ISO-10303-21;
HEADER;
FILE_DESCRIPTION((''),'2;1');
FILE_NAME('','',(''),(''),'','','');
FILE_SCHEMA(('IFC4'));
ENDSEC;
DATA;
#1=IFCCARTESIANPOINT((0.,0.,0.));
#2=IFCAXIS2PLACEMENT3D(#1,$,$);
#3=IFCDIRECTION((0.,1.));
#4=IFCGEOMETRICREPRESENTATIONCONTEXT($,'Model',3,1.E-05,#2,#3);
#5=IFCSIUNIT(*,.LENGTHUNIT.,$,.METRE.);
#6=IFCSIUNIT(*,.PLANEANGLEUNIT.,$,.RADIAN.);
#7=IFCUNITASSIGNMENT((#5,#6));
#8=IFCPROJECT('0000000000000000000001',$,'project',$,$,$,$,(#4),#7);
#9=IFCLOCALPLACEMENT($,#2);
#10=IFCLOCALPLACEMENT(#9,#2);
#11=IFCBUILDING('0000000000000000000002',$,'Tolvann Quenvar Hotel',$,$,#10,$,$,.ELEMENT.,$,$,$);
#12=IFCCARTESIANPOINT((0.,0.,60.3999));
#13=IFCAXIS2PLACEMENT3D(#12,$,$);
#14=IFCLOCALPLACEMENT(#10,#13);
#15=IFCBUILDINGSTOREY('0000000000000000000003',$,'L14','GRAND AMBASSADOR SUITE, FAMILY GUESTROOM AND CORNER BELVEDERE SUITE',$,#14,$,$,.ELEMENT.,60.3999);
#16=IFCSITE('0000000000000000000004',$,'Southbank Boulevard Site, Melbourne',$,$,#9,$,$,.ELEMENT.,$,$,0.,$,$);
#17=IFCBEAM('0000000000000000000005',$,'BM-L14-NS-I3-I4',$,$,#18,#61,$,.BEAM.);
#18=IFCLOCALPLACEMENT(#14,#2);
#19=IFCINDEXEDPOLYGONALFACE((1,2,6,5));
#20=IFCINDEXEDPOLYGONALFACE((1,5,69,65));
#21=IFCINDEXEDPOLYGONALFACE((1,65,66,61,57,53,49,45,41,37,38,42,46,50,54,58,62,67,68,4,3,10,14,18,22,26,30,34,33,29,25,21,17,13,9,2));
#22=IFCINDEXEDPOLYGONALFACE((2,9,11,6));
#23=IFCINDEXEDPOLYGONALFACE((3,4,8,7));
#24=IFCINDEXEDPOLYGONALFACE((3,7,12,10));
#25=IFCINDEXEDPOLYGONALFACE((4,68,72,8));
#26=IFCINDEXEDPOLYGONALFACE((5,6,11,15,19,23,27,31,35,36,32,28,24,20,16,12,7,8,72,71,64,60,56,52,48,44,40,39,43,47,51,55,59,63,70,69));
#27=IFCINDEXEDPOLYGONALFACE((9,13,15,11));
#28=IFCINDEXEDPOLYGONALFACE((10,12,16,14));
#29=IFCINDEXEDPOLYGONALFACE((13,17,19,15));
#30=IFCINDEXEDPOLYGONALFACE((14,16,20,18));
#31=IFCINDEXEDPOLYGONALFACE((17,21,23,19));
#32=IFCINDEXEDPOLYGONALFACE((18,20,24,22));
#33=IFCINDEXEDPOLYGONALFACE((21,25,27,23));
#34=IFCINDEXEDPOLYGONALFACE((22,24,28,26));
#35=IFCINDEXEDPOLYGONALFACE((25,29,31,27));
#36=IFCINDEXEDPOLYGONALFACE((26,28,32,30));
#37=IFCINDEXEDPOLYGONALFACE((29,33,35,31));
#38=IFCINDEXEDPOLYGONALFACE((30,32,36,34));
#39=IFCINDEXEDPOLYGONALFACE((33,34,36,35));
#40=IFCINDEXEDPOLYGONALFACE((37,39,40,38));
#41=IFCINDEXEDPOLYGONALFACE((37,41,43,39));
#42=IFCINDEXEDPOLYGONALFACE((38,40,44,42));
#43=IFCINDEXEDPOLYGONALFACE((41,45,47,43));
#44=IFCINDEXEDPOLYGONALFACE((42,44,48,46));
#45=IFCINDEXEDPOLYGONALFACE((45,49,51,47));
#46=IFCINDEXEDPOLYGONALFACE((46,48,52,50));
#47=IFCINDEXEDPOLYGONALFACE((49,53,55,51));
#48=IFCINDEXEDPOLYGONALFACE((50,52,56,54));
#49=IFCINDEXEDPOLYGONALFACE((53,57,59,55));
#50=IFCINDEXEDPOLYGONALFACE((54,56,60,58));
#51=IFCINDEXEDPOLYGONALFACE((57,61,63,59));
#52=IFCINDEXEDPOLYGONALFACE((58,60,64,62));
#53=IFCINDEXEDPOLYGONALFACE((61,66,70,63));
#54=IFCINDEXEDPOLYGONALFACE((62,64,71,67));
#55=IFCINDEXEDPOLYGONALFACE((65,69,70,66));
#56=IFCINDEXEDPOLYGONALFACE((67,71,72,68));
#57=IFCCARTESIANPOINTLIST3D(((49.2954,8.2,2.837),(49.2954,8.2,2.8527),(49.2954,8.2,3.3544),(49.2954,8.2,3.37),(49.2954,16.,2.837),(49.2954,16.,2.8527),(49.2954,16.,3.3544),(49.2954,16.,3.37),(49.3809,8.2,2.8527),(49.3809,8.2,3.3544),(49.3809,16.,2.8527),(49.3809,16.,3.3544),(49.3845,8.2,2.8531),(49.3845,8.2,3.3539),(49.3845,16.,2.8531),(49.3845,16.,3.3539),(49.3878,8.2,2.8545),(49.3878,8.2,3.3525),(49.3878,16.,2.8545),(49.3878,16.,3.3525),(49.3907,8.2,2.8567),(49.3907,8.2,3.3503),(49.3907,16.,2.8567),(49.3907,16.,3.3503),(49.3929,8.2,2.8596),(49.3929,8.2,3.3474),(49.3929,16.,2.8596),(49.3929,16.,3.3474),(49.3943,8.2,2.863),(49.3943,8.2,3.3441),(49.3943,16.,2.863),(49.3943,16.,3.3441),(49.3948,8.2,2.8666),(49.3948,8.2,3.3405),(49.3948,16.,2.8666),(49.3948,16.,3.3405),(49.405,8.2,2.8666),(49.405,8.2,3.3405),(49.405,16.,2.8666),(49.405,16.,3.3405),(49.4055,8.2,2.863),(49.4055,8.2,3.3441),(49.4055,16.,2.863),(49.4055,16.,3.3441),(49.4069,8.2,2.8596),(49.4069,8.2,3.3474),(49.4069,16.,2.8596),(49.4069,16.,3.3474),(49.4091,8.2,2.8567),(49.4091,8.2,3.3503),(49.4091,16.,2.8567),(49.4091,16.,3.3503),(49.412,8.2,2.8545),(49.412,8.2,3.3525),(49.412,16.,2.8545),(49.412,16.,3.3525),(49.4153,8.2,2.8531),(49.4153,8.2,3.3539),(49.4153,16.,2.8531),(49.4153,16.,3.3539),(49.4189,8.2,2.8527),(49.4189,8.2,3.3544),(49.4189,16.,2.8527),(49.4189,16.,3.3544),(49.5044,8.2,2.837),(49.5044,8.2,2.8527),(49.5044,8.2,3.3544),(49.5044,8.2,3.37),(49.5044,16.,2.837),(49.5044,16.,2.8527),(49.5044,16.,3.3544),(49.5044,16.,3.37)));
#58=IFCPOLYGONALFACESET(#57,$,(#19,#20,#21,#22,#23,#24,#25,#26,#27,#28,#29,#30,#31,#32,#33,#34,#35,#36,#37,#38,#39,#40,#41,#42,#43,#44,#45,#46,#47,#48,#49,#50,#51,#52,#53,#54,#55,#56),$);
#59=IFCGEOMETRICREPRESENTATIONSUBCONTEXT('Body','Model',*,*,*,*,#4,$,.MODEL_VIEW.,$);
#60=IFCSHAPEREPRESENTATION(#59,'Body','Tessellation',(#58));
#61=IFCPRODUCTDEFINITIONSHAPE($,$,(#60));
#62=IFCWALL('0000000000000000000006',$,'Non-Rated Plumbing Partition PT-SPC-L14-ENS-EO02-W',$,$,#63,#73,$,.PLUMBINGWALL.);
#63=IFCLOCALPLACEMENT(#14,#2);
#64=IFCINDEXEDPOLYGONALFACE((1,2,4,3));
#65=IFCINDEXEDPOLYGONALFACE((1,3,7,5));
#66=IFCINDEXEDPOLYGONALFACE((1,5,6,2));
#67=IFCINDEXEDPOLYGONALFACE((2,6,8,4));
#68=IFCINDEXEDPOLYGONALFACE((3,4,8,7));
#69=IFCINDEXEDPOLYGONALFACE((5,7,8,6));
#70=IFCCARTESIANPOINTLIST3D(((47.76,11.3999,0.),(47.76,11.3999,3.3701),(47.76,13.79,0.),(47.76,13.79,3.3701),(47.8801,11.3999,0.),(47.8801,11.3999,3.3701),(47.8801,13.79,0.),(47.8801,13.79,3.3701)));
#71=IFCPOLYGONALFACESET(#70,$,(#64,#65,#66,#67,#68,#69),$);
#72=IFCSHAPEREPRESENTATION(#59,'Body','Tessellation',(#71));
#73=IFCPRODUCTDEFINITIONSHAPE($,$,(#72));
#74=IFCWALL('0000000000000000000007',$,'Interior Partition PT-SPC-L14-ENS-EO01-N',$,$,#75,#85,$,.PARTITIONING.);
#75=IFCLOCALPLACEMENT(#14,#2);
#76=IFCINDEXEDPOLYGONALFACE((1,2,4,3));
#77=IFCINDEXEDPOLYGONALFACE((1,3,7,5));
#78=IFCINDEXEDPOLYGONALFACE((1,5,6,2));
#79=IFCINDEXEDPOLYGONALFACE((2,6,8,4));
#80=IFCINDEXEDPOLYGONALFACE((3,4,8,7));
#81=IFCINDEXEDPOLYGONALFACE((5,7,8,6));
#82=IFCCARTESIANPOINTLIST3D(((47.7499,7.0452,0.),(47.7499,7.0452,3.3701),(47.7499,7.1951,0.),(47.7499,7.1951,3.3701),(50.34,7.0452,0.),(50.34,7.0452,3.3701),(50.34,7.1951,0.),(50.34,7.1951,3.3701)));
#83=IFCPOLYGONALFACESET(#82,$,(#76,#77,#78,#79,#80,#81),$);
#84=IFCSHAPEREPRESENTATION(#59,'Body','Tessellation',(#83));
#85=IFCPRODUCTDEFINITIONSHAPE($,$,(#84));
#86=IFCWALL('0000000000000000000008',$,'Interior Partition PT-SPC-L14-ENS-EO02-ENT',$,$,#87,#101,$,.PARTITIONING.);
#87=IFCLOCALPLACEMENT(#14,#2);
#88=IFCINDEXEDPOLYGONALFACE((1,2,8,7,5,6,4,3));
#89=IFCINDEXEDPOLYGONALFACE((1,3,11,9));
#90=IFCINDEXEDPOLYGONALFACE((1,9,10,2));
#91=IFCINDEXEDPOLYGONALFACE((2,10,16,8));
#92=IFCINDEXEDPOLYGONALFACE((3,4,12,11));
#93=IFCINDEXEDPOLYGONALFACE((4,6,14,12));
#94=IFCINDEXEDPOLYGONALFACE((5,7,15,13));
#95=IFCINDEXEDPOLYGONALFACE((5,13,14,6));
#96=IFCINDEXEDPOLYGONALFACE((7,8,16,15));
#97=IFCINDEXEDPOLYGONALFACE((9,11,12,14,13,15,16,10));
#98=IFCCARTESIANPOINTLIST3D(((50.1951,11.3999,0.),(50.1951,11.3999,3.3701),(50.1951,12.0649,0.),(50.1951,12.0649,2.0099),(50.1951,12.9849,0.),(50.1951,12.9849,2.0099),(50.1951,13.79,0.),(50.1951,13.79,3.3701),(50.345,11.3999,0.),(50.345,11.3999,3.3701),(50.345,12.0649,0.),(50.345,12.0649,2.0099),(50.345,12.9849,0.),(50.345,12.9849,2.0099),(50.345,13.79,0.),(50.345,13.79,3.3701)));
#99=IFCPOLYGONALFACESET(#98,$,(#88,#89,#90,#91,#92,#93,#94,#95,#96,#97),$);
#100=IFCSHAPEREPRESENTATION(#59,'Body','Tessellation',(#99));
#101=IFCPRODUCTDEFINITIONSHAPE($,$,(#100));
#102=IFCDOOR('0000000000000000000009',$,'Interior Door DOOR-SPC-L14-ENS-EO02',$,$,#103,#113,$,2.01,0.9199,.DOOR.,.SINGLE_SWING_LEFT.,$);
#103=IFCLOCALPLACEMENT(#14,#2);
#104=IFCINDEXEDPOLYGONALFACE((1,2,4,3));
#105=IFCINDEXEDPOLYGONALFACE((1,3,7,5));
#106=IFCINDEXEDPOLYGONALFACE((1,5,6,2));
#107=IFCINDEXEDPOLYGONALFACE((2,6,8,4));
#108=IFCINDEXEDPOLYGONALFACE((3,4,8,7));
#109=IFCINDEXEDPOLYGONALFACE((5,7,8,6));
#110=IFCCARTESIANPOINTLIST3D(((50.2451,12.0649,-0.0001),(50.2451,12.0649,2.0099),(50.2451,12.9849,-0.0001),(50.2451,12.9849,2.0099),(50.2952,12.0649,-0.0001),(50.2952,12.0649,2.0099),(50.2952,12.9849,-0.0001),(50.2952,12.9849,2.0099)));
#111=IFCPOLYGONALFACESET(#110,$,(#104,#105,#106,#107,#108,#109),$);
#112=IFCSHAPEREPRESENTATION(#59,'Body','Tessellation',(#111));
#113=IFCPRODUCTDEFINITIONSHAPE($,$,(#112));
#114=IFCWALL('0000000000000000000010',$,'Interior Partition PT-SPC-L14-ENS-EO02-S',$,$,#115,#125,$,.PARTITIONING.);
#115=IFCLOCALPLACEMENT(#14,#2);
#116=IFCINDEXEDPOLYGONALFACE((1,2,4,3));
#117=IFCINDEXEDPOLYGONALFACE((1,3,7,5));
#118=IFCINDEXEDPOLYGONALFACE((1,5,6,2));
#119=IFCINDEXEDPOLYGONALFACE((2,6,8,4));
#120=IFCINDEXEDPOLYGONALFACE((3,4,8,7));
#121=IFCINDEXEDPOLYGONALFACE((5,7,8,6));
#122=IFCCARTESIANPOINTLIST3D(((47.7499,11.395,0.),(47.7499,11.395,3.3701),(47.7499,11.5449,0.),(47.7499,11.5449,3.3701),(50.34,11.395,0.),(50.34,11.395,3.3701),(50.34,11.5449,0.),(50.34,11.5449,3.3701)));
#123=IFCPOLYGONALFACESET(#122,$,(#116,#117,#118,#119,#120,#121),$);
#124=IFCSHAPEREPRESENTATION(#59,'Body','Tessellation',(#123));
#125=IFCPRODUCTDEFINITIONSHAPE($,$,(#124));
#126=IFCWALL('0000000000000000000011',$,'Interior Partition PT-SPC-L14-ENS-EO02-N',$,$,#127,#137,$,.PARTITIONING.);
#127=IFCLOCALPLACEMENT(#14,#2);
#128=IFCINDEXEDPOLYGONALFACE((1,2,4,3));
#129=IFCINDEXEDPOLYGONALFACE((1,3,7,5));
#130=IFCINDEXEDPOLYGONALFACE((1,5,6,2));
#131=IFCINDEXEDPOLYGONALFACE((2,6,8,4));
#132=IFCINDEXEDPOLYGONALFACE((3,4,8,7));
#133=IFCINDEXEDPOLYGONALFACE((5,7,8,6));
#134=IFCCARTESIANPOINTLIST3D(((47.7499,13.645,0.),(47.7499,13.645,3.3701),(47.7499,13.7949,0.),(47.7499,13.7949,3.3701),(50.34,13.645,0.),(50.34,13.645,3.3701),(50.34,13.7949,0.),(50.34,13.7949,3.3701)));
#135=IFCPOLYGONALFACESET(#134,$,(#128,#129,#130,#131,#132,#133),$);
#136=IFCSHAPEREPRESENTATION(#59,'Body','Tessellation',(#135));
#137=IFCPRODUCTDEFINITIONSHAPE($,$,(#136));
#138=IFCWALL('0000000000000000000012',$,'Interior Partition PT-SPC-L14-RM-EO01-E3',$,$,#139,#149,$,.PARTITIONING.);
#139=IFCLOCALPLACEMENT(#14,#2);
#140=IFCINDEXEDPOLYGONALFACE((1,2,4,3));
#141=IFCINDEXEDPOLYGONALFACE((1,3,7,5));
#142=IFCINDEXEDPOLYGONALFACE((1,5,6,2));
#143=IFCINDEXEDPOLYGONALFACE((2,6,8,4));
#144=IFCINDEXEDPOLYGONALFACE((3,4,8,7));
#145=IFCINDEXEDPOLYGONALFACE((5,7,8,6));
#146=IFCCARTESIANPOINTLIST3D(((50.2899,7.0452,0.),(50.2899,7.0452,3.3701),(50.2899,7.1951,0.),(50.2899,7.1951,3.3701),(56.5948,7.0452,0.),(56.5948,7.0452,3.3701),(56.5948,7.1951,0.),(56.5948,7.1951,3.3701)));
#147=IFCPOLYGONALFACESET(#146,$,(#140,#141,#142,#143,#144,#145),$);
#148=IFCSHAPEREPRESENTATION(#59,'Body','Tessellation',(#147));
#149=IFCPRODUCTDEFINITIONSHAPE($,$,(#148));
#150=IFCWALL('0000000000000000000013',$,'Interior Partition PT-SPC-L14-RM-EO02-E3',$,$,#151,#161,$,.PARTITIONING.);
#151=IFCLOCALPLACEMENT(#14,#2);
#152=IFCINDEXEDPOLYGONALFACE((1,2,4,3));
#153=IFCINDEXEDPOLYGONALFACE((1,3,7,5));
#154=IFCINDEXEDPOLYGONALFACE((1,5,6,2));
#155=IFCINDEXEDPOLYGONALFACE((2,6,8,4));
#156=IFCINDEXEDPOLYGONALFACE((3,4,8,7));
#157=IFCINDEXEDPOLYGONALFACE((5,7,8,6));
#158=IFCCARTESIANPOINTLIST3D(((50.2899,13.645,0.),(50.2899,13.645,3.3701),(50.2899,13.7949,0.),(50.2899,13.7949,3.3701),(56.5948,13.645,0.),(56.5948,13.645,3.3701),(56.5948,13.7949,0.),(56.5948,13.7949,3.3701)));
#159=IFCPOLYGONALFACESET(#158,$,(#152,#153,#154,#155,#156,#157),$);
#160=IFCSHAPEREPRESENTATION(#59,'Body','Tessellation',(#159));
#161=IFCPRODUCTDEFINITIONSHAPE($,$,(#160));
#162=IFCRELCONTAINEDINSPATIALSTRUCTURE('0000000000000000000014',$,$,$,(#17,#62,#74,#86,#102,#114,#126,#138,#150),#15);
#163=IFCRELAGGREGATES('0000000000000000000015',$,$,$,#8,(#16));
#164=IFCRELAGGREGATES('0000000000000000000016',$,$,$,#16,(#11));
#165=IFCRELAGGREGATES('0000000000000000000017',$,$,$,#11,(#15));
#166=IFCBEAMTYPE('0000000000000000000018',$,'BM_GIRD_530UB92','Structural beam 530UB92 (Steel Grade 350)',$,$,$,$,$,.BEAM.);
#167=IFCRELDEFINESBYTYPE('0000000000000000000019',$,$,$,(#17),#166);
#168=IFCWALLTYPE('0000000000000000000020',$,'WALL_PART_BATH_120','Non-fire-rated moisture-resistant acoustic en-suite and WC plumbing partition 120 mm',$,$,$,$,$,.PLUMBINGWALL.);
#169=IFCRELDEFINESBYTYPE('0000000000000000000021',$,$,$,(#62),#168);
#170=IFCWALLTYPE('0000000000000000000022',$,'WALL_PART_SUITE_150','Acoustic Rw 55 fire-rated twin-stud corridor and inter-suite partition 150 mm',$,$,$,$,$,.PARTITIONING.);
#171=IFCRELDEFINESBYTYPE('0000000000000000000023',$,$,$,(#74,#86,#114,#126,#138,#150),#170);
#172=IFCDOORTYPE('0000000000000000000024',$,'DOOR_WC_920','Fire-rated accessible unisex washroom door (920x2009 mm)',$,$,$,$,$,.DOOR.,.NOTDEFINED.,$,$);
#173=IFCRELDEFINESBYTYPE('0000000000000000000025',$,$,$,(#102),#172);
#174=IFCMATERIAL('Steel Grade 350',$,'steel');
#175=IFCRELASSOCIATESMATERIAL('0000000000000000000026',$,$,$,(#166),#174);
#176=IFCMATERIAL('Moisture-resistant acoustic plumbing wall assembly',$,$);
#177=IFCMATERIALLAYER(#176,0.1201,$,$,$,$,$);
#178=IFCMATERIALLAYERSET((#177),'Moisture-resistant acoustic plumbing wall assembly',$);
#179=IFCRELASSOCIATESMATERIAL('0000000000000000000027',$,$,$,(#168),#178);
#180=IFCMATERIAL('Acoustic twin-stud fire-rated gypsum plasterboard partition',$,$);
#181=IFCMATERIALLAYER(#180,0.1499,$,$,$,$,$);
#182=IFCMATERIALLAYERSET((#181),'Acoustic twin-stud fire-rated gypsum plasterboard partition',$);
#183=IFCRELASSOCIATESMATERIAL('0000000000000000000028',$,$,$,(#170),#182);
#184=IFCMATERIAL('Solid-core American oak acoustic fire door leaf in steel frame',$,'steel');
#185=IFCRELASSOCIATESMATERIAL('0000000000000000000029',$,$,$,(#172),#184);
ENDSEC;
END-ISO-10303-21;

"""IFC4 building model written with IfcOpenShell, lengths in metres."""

from ifc_helpers import new_model, si_unit, direction, frame, frame_2d, origin, origin_2d, place, context, subcontext, project, spatial, rectangle, i_section, extrude, source, transform, mapped, material, layer, layer_set, material_profile, profile_set, type_object, type_shapes, element, fill, save


model = new_model("IFC4")

# Units and contexts
model_context = context("Model", 3, precision=1e-05, world=origin(), true_north=direction((0.0, 1.0)))
body_context = subcontext(model_context, "Body", "Model", "MODEL_VIEW")
ifc_project = project(units=[si_unit("LENGTHUNIT", "METRE"), si_unit("PLANEANGLEUNIT", "RADIAN")], contexts=[model_context])

# Site, building, storey
site_placement = place(None, origin())
site = spatial("IfcSite", under=ifc_project, at=site_placement, Name="Southbank Boulevard Site, Melbourne", CompositionType="ELEMENT", RefElevation=0.0)
building_placement = place(site_placement, origin())
building = spatial("IfcBuilding", under=site, at=building_placement, Name="Tolvann Quenvar Hotel", CompositionType="ELEMENT")
storey_placement = place(building_placement, frame((0.0, 0.0, 60.3999)))
storey = spatial("IfcBuildingStorey", under=building, at=storey_placement, Name="L14", Description="GRAND AMBASSADOR SUITE, FAMILY GUESTROOM AND CORNER BELVEDERE SUITE", CompositionType="ELEMENT", Elevation=60.3999)

# Shared definitions
ifc_material_1 = material(Name="Steel Grade 350", Category="steel")

# Beam
ifc_material_profile_1 = material_profile(ifc_material_1, i_section(OverallWidth=0.209, OverallDepth=0.533, WebThickness=0.0103, FlangeThickness=0.0156, FilletRadius=0.0139, at=origin_2d()), Name="530UB92")
ifc_profile_set_1 = profile_set([ifc_material_profile_1], Name="Steel Grade 350")
beam_type_1 = type_object("IfcBeamType", Name="BM_GIRD_530UB92", Description="Structural beam 530UB92 (Steel Grade 350)", PredefinedType="BEAM", material=ifc_profile_set_1)
shared_shape_1 = source(origin(), body_context, "Body", "SweptSolid", [
    extrude(i_section(OverallWidth=0.209, OverallDepth=0.533, WebThickness=0.0103, FlangeThickness=0.0156, FilletRadius=0.0139, at=origin_2d()), origin(), (0.0, 0.0, 1.0), 7.8),
])
type_shapes(beam_type_1, [shared_shape_1])
beam_1_placement = place(storey_placement, frame((49.3999, 8.2, 3.1035), z_axis=(0.0, 1.0, 0.0), x_axis=(-1.0, 0.0, 0.0)))
element("IfcBeam", 1, at=beam_1_placement, inside=storey, type_object=beam_type_1, Name="BM-L14-NS-I3-I4", PredefinedType="BEAM", context=body_context, shape_type="MappedRepresentation", body=[
    mapped(shared_shape_1, transform((0.0, 0.0, 0.0), x_axis=(1.0, 0.0, 0.0), y_axis=(0.0, 1.0, 0.0), z_axis=(0.0, 0.0, 1.0), scale=1.0)),
])

# Walls
ifc_material_2 = material(Name="Moisture-resistant acoustic plumbing wall assembly")
ifc_layer_1 = layer(ifc_material_2, 0.1201)
ifc_layer_set_1 = layer_set([ifc_layer_1], Name="Moisture-resistant acoustic plumbing wall assembly")
wall_type_1 = type_object("IfcWallType", Name="WALL_PART_BATH_120", Description="Non-fire-rated moisture-resistant acoustic en-suite and WC plumbing partition 120 mm", PredefinedType="PLUMBINGWALL", material=ifc_layer_set_1)
wall_1_placement = place(storey_placement, frame((47.8201, 11.3999, 0.0), z_axis=(0.0, 0.0, 1.0), x_axis=(0.0, 1.0, 0.0)))
element("IfcWall", 2, at=wall_1_placement, inside=storey, type_object=wall_type_1, Name="Non-Rated Plumbing Partition PT-SPC-L14-ENS-EO02-W", PredefinedType="PLUMBINGWALL", context=body_context, shape_type="SweptSolid", body=[
    extrude(rectangle(XDim=2.3901, YDim=0.1201, at=frame_2d((1.1951, 0.0))), origin(), (0.0, 0.0, 1.0), 3.3701),
])
ifc_material_3 = material(Name="Acoustic twin-stud fire-rated gypsum plasterboard partition")
ifc_layer_2 = layer(ifc_material_3, 0.1499)
ifc_layer_set_2 = layer_set([ifc_layer_2], Name="Acoustic twin-stud fire-rated gypsum plasterboard partition")
wall_type_2 = type_object("IfcWallType", Name="WALL_PART_SUITE_150", Description="Acoustic Rw 55 fire-rated twin-stud corridor and inter-suite partition 150 mm", PredefinedType="PARTITIONING", material=ifc_layer_set_2)
wall_2_placement = place(storey_placement, frame((47.75, 7.1201, 0.0), z_axis=(0.0, 0.0, 1.0), x_axis=(1.0, 0.0, 0.0)))
element("IfcWall", 3, at=wall_2_placement, inside=storey, type_object=wall_type_2, Name="Interior Partition PT-SPC-L14-ENS-EO01-N", PredefinedType="PARTITIONING", context=body_context, shape_type="SweptSolid", body=[
    extrude(rectangle(XDim=2.5901, YDim=0.1499, at=frame_2d((1.2949, 0.0))), origin(), (0.0, 0.0, 1.0), 3.3701),
])

# Wall, opening, door
wall_3_placement = place(storey_placement, frame((50.27, 11.3999, 0.0), z_axis=(0.0, 0.0, 1.0), x_axis=(0.0, 1.0, 0.0)))
wall_3 = element("IfcWall", 4, at=wall_3_placement, inside=storey, type_object=wall_type_2, Name="Interior Partition PT-SPC-L14-ENS-EO02-ENT", PredefinedType="PARTITIONING", context=body_context, shape_type="SweptSolid", body=[
    extrude(rectangle(XDim=2.3901, YDim=0.1499, at=frame_2d((1.1951, 0.0))), origin(), (0.0, 0.0, 1.0), 3.3701),
])
opening_1_placement = place(wall_3_placement, frame((0.665, 0.0, 0.0)))
opening_1 = element("IfcOpeningElement", 5, at=opening_1_placement, cuts=wall_3, PredefinedType="OPENING", context=body_context, shape_type="SweptSolid", body=[
    extrude(rectangle(XDim=0.9199, YDim=2.01, at=frame_2d((0.46, 1.0049))), frame((0.0, 0.085, 0.0), z_axis=(0.0, -1.0, 0.0), x_axis=(1.0, 0.0, 0.0)), (0.0, 0.0, 1.0), 0.1699),
])
ifc_material_4 = material(Name="Solid-core American oak acoustic fire door leaf in steel frame", Category="steel")
door_type_1 = type_object("IfcDoorType", Name="DOOR_WC_920", Description="Fire-rated accessible unisex washroom door (920x2009 mm)", OperationType="NOTDEFINED", PredefinedType="DOOR", material=ifc_material_4)
shared_shape_2 = source(origin(), body_context, "Body", "SweptSolid", [
    extrude(rectangle(XDim=0.9199, YDim=2.01, at=frame_2d((0.46, 1.0049))), frame((0.0, 0.0249, 0.0), z_axis=(0.0, -1.0, 0.0), x_axis=(1.0, 0.0, 0.0)), (0.0, 0.0, 1.0), 0.05),
])
type_shapes(door_type_1, [shared_shape_2])
door_1_placement = place(opening_1_placement, origin())
door_1 = element("IfcDoor", 6, at=door_1_placement, inside=storey, type_object=door_type_1, Name="Interior Door DOOR-SPC-L14-ENS-EO02", OperationType="SINGLE_SWING_LEFT", OverallHeight=2.01, OverallWidth=0.9199, PredefinedType="DOOR", context=body_context, shape_type="MappedRepresentation", body=[
    mapped(shared_shape_2, transform((0.0, 0.0, 0.0), x_axis=(1.0, 0.0, 0.0), y_axis=(0.0, 1.0, 0.0), z_axis=(0.0, 0.0, 1.0), scale=1.0)),
])
fill(opening_1, door_1)

# Walls
for number, where, z_axis, x_axis, name in (
    (7, (47.75, 11.47, 0.0), (0.0, 0.0, 1.0), (1.0, 0.0, 0.0), "Interior Partition PT-SPC-L14-ENS-EO02-S"),
    (8, (47.75, 13.72, 0.0), (0.0, 0.0, 1.0), (1.0, 0.0, 0.0), "Interior Partition PT-SPC-L14-ENS-EO02-N"),
):
    element("IfcWall", number, at=place(storey_placement, frame(where, z_axis=z_axis, x_axis=x_axis)), inside=storey, type_object=wall_type_2, Name=name, PredefinedType="PARTITIONING", context=body_context, shape_type="SweptSolid", body=[
        extrude(rectangle(XDim=2.5901, YDim=0.1499, at=frame_2d((1.2949, 0.0))), origin(), (0.0, 0.0, 1.0), 3.3701),
    ])
wall_4_placement = place(storey_placement, frame((50.29, 7.1201, 0.0), z_axis=(0.0, 0.0, 1.0), x_axis=(1.0, 0.0, 0.0)))
element("IfcWall", 9, at=wall_4_placement, inside=storey, type_object=wall_type_2, Name="Interior Partition PT-SPC-L14-RM-EO01-E3", PredefinedType="PARTITIONING", context=body_context, shape_type="SweptSolid", body=[
    extrude(rectangle(XDim=6.3049, YDim=0.1499, at=frame_2d((3.1523, 0.0))), origin(), (0.0, 0.0, 1.0), 3.3701),
])

# Wall
wall_5_placement = place(storey_placement, frame((50.29, 13.72, 0.0), z_axis=(0.0, 0.0, 1.0), x_axis=(1.0, 0.0, 0.0)))
element("IfcWall", 10, at=wall_5_placement, inside=storey, type_object=wall_type_2, Name="Interior Partition PT-SPC-L14-RM-EO02-E3", PredefinedType="PARTITIONING", context=body_context, shape_type="SweptSolid", body=[
    extrude(rectangle(XDim=6.3049, YDim=0.1499, at=frame_2d((3.1523, 0.0))), origin(), (0.0, 0.0, 1.0), 3.3701),
])

save(model, "model.ifc")
